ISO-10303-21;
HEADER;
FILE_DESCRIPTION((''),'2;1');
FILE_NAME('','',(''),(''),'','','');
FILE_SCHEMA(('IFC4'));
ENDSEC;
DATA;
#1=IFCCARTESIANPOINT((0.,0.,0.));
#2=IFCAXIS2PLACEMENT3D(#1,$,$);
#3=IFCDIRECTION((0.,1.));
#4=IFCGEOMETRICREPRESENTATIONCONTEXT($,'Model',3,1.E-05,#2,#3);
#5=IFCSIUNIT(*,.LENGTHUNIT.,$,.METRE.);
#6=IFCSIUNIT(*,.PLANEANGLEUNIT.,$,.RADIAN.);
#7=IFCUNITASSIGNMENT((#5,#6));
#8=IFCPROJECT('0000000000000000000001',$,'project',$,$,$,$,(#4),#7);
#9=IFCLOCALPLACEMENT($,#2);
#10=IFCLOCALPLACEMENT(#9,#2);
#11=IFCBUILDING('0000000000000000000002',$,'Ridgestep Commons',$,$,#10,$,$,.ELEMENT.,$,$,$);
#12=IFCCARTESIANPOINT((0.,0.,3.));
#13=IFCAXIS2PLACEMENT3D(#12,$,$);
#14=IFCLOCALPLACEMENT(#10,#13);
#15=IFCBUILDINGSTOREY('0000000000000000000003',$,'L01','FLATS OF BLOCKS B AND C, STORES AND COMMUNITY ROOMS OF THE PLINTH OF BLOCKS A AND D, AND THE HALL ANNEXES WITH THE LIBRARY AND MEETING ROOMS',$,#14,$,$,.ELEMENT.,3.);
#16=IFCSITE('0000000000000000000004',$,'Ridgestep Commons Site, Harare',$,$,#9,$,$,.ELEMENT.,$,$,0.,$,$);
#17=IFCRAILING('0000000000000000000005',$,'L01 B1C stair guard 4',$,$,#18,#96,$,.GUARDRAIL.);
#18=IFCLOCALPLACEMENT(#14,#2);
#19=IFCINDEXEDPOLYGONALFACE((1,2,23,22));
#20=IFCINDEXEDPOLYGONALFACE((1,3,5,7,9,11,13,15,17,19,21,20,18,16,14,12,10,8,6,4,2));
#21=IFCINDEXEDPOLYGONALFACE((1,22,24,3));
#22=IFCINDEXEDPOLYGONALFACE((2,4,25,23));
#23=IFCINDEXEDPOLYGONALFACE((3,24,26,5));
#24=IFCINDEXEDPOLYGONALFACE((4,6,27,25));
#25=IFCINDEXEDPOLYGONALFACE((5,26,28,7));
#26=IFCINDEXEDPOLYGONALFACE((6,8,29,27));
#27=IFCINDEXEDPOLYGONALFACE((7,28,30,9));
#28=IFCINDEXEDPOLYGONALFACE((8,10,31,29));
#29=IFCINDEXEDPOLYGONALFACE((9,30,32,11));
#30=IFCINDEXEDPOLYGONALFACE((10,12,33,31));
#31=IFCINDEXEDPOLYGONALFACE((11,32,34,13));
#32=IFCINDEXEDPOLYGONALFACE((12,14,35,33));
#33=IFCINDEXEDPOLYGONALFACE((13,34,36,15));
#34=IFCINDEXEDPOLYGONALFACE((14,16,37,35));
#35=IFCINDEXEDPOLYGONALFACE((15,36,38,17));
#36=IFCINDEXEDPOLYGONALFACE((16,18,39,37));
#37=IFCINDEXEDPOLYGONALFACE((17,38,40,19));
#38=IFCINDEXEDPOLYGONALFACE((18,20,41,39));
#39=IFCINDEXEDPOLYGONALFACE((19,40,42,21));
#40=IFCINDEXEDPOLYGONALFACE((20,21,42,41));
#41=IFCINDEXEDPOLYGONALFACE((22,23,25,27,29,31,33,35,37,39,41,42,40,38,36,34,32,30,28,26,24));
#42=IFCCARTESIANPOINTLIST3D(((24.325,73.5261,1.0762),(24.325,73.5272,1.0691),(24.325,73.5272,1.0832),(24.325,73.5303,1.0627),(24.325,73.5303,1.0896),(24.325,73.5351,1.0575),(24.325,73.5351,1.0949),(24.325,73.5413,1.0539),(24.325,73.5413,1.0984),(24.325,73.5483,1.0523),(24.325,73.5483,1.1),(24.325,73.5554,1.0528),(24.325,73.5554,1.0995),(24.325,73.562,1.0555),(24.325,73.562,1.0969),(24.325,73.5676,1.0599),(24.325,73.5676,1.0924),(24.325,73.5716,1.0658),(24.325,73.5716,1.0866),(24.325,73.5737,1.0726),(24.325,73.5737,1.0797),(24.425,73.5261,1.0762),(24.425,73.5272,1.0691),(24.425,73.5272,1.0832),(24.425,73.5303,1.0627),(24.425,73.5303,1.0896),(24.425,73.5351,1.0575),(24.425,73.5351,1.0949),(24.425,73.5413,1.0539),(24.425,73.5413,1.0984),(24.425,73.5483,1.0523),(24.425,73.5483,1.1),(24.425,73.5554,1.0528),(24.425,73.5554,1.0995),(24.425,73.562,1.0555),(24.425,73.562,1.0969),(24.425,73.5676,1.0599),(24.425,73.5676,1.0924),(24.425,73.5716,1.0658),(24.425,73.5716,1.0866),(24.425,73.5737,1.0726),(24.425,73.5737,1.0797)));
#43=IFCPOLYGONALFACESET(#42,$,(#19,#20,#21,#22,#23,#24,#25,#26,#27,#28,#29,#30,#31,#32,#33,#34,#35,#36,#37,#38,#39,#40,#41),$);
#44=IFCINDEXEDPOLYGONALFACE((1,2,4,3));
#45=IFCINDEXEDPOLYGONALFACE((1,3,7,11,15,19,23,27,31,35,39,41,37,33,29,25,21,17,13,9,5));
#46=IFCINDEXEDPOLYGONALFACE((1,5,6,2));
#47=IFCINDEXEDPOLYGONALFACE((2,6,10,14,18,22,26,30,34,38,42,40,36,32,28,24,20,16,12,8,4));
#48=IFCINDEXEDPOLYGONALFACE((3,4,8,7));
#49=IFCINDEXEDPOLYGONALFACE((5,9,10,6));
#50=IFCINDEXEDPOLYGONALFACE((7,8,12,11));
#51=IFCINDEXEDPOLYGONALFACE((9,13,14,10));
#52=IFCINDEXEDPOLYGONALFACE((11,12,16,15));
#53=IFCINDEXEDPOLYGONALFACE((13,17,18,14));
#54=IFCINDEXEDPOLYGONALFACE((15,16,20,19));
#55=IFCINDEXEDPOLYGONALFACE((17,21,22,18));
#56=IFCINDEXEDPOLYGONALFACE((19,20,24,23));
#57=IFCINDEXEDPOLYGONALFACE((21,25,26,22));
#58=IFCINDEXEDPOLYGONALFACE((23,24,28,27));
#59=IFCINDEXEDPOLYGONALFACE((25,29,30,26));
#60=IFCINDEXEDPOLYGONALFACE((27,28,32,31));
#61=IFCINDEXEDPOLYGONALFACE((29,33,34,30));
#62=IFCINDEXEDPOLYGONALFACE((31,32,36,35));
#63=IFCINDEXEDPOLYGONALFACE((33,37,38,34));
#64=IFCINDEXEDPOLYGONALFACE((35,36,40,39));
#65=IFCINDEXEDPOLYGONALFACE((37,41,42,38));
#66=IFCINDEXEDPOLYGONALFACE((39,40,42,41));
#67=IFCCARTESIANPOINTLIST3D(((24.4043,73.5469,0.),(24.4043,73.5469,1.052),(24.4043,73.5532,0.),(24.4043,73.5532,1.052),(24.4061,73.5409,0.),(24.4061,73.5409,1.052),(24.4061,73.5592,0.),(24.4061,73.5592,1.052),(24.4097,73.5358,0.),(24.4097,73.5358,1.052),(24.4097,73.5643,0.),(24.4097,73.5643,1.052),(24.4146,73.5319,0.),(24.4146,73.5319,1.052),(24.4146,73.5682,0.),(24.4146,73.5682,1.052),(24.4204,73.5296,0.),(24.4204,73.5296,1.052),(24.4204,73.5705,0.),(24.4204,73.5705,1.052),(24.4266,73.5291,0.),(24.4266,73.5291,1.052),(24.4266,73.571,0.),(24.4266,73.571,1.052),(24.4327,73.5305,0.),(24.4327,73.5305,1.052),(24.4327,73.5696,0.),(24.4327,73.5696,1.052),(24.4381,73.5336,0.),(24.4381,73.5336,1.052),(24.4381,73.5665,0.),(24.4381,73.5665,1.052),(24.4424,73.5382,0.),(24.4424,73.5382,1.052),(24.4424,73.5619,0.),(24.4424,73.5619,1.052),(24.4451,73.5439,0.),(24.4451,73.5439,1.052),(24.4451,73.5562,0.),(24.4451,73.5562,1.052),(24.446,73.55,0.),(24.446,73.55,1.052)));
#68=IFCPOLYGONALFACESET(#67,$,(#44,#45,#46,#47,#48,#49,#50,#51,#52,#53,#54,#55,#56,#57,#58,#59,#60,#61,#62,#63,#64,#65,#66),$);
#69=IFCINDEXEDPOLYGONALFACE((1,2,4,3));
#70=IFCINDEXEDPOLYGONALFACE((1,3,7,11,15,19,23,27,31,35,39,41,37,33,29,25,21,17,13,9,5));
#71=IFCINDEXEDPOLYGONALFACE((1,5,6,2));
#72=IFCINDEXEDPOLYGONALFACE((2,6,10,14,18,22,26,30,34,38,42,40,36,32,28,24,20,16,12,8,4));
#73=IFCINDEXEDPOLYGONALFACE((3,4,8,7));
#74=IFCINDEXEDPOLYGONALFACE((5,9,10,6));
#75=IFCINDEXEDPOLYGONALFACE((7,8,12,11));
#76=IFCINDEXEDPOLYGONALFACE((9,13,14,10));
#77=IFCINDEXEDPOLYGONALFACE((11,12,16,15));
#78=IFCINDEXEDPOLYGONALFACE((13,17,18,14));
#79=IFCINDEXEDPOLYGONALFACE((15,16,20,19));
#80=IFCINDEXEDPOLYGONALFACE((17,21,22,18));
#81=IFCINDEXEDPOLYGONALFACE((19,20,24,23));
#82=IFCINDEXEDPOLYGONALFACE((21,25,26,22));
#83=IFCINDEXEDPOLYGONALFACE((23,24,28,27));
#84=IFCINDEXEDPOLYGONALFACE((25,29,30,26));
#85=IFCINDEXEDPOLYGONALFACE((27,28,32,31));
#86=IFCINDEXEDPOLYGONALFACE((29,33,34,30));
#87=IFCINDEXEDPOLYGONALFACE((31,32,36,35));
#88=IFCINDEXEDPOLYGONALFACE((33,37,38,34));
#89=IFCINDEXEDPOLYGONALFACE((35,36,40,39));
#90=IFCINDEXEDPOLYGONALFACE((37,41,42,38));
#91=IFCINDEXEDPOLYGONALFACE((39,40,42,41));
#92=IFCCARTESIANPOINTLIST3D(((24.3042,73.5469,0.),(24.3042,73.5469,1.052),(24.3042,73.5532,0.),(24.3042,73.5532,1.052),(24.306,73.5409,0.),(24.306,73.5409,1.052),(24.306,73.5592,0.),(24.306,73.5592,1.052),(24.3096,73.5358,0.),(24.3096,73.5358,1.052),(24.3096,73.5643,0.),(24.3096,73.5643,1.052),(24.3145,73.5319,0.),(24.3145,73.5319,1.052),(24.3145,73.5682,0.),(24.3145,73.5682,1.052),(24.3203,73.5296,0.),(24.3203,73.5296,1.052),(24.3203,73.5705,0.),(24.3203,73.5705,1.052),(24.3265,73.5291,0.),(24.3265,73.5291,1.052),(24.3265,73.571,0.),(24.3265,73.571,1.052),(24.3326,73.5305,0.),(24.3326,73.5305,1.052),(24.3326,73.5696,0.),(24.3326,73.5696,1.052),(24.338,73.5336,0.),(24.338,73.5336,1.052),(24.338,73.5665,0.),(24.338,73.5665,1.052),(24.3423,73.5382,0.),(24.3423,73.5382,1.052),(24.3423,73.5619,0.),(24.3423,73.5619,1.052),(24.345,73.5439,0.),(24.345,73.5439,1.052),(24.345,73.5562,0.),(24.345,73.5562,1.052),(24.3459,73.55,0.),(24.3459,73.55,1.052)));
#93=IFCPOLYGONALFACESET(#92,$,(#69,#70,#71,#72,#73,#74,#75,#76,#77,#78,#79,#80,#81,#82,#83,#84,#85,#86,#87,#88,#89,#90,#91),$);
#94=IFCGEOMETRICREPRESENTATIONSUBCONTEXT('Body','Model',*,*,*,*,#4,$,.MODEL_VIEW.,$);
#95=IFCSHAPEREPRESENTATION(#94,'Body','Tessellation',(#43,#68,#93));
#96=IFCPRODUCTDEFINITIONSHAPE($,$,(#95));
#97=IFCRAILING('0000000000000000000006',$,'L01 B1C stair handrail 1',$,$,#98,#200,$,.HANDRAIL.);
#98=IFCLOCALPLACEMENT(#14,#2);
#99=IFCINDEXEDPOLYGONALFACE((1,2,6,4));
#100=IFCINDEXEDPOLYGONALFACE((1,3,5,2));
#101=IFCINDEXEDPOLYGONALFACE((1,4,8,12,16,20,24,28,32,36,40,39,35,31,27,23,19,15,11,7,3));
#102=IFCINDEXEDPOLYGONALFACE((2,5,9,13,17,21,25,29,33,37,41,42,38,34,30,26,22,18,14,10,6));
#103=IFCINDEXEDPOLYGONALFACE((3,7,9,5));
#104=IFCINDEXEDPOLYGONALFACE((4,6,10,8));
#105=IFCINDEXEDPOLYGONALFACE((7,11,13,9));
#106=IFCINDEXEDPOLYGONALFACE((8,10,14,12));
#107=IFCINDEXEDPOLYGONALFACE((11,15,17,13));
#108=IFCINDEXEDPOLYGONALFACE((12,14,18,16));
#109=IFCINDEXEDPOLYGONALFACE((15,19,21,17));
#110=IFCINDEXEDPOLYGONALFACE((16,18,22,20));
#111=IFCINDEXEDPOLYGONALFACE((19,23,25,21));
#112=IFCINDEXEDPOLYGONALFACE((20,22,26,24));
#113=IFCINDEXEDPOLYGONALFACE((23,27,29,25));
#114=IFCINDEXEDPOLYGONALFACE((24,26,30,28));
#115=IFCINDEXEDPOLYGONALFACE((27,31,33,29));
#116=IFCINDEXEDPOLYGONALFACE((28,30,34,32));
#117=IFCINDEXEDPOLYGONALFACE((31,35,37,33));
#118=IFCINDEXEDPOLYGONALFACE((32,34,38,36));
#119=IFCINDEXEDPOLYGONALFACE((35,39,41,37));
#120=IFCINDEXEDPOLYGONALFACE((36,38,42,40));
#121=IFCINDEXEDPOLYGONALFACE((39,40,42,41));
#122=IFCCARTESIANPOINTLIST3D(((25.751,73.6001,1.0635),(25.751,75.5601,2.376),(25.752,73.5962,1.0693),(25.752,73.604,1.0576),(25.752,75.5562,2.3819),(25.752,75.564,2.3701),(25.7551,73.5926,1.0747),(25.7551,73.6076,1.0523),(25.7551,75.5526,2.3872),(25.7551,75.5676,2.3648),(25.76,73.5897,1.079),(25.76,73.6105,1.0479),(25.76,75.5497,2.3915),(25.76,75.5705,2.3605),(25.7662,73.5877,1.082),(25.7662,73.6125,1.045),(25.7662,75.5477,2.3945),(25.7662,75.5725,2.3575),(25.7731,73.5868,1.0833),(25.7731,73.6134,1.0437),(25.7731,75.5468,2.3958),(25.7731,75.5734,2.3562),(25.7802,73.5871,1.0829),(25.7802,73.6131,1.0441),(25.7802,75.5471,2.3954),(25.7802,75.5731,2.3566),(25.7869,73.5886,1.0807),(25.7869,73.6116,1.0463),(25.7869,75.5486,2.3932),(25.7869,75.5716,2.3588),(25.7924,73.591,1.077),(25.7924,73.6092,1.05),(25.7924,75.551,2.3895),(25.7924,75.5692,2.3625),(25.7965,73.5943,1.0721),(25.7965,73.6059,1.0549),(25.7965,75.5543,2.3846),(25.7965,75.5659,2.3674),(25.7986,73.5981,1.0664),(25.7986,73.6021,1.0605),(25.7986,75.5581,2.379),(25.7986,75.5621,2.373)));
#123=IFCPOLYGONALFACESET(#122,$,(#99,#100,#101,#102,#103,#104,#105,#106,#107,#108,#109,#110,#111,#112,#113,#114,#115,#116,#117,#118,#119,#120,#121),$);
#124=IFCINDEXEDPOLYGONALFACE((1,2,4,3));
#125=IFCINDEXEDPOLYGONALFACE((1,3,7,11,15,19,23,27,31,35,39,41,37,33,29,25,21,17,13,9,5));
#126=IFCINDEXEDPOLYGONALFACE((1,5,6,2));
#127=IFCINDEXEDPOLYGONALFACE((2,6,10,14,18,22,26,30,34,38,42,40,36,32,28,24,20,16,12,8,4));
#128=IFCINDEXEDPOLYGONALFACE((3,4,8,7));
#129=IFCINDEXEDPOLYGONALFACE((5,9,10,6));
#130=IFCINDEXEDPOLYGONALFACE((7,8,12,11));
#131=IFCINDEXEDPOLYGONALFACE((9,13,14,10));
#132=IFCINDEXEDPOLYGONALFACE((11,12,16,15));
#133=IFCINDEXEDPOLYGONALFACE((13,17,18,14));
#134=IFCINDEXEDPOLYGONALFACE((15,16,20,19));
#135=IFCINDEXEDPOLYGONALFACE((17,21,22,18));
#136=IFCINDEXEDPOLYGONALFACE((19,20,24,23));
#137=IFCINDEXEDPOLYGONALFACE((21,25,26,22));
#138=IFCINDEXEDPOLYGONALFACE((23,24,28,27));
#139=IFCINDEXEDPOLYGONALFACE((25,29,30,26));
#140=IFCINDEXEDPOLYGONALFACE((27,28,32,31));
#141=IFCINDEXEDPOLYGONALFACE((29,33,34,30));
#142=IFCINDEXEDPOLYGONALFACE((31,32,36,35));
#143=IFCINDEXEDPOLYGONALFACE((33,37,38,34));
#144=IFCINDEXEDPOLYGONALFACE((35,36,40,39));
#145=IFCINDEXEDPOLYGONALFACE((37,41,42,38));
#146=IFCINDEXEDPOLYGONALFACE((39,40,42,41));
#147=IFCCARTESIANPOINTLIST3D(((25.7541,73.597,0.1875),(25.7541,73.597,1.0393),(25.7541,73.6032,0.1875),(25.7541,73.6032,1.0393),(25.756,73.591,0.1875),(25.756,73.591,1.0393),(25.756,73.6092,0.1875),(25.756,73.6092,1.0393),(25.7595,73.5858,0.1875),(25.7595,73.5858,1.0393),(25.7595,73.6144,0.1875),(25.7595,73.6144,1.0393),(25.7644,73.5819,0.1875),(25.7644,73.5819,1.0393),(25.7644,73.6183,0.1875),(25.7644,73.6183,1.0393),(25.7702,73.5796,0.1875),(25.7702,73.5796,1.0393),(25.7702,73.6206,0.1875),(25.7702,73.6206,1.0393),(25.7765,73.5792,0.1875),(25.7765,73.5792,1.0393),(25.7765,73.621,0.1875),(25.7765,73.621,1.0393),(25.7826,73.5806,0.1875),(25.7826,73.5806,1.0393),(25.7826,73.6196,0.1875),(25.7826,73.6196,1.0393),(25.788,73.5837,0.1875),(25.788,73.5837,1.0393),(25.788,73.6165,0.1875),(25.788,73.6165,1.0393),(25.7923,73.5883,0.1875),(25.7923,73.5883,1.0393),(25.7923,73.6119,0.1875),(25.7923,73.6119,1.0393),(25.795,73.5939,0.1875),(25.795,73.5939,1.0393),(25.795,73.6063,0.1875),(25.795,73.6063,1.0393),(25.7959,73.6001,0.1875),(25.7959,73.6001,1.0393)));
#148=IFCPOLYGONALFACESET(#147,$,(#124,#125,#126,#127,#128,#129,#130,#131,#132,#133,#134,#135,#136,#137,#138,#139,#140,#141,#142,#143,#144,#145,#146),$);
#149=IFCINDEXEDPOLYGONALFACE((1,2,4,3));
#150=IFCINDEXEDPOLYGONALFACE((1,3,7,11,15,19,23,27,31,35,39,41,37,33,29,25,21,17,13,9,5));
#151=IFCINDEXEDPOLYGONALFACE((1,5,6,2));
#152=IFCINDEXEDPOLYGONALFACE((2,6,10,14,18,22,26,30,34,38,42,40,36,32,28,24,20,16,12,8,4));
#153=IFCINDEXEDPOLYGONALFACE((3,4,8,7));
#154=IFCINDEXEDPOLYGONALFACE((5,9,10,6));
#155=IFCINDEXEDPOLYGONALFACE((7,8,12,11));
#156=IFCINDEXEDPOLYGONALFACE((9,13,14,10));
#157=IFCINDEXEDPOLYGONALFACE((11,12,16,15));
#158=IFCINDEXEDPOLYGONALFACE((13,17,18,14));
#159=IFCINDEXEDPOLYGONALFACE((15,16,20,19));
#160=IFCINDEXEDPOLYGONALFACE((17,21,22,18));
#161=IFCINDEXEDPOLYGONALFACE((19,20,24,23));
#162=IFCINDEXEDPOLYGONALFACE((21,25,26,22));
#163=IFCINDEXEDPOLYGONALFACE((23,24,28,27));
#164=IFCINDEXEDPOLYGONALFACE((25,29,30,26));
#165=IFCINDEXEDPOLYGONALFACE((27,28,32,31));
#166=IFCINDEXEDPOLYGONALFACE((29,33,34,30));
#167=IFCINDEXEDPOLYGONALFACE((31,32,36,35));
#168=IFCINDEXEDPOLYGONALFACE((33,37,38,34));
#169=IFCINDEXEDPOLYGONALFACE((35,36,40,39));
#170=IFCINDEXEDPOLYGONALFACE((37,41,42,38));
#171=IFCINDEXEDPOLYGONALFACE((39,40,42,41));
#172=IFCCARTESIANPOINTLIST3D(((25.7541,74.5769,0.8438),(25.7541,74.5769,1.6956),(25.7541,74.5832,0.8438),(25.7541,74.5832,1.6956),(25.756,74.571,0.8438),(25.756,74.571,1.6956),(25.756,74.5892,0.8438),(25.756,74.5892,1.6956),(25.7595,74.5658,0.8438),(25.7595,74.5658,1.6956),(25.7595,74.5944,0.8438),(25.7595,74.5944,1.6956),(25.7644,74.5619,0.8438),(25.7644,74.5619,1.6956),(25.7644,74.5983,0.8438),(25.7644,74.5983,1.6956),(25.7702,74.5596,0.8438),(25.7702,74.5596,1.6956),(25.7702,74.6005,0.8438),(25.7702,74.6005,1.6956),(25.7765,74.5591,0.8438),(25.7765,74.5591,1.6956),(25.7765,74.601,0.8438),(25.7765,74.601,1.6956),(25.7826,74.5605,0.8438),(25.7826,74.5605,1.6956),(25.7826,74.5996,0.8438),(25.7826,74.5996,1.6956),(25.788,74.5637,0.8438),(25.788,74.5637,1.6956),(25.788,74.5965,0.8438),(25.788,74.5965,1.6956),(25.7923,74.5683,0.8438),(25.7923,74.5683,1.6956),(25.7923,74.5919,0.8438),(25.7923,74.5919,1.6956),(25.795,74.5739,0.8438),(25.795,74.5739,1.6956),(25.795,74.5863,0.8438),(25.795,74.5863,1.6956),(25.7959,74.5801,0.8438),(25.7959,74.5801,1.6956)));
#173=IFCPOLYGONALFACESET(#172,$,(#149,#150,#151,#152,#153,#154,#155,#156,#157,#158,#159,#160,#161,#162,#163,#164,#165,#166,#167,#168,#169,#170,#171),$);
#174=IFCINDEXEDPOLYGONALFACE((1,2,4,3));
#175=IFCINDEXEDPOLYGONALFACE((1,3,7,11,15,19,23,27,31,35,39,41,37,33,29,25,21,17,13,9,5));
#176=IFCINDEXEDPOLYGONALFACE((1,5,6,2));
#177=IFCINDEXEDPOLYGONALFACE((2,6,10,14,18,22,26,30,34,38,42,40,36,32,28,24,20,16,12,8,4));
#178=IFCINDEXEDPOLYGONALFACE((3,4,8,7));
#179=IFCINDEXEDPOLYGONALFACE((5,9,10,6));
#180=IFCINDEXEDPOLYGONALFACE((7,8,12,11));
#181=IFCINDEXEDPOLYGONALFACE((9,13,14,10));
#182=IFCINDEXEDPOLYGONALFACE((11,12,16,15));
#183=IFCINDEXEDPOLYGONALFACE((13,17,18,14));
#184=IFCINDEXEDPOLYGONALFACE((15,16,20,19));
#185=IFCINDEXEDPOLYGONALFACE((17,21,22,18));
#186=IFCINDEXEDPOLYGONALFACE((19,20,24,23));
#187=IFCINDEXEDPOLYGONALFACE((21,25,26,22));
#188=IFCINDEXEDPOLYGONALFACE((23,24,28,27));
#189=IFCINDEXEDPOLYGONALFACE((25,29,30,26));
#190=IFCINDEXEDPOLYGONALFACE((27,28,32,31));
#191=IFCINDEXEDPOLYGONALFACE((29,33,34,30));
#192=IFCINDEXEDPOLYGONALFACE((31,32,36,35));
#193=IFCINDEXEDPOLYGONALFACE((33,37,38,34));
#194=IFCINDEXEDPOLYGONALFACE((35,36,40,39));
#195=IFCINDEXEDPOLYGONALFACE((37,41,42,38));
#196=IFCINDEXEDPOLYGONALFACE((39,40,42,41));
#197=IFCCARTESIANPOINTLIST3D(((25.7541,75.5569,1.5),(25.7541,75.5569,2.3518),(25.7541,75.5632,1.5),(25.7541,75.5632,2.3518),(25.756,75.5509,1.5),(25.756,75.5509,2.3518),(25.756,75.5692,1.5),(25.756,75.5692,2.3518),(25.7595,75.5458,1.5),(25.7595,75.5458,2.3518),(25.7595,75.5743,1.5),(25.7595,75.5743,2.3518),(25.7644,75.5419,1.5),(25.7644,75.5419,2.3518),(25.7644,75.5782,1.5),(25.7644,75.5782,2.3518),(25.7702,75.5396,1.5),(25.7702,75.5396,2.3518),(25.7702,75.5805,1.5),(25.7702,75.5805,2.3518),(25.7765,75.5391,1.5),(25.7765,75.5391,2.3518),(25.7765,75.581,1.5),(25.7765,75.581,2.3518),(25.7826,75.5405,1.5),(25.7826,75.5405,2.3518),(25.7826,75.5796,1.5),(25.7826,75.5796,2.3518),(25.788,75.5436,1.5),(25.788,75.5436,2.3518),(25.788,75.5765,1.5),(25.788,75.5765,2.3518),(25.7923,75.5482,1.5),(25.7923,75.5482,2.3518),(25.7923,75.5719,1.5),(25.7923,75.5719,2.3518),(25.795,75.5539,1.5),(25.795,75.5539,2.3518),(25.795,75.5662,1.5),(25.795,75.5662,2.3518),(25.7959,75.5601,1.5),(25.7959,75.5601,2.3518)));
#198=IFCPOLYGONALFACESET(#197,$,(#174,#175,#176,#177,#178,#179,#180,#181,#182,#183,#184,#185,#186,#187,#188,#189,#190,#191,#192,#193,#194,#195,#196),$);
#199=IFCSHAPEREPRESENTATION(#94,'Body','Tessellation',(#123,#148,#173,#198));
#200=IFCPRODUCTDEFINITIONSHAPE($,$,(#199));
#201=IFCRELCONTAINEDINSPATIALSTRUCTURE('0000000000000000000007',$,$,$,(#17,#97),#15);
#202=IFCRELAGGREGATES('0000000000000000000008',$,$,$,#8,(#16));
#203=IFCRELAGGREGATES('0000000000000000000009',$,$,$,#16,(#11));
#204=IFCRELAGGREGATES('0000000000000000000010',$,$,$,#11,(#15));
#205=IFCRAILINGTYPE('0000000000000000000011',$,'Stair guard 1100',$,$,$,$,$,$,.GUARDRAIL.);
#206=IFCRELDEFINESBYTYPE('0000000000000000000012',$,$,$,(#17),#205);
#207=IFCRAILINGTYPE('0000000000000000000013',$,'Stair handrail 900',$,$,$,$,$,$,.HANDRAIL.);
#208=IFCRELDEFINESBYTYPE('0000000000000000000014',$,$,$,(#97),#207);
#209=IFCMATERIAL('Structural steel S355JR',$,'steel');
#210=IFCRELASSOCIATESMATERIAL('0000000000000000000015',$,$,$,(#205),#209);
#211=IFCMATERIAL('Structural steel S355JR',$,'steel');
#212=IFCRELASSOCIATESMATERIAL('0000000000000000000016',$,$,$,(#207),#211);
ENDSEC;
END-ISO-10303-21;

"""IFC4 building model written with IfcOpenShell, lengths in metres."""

from ifc_helpers import new_model, si_unit, direction, frame, origin, origin_2d, place, context, subcontext, project, spatial, circle, extrude, material, type_object, element, save


model = new_model("IFC4")

# Units and contexts
model_context = context("Model", 3, precision=1e-05, world=origin(), true_north=direction((0.0, 1.0)))
body_context = subcontext(model_context, "Body", "Model", "MODEL_VIEW")
ifc_project = project(units=[si_unit("LENGTHUNIT", "METRE"), si_unit("PLANEANGLEUNIT", "RADIAN")], contexts=[model_context])

# Site, building, storey
site_placement = place(None, origin())
site = spatial("IfcSite", under=ifc_project, at=site_placement, Name="Ridgestep Commons Site, Harare", CompositionType="ELEMENT", RefElevation=0.0)
building_placement = place(site_placement, origin())
building = spatial("IfcBuilding", under=site, at=building_placement, Name="Ridgestep Commons", CompositionType="ELEMENT")
storey_placement = place(building_placement, frame((0.0, 0.0, 3.0)))
storey = spatial("IfcBuildingStorey", under=building, at=storey_placement, Name="L01", Description="FLATS OF BLOCKS B AND C, STORES AND COMMUNITY ROOMS OF THE PLINTH OF BLOCKS A AND D, AND THE HALL ANNEXES WITH THE LIBRARY AND MEETING ROOMS", CompositionType="ELEMENT", Elevation=3.0)

# Railings
ifc_material_1 = material(Name="Structural steel S355JR", Category="steel")
railing_type_1 = type_object("IfcRailingType", Name="Stair guard 1100", PredefinedType="GUARDRAIL", material=ifc_material_1)
for number, where, name in (
    (1, (24.425, 73.55, 0.0), "L01 B1C stair guard 4"),
):
    element("IfcRailing", number, at=place(storey_placement, frame(where)), inside=storey, type_object=railing_type_1, Name=name, PredefinedType="GUARDRAIL", context=body_context, shape_type="SweptSolid", body=[
        extrude(circle(Radius=0.0239, at=origin_2d()), frame((0.0, 0.0, 1.0762), z_axis=(-1.0, 0.0, 0.0), x_axis=(0.0, -1.0, 0.0)), (0.0, 0.0, 1.0), 0.1001),
        extrude(circle(Radius=0.021, at=origin_2d()), origin(), (0.0, 0.0, 1.0), 1.052),
        extrude(circle(Radius=0.021, at=origin_2d()), frame((-0.1001, 0.0, 0.0)), (0.0, 0.0, 1.0), 1.052),
    ])
ifc_material_2 = material(Name="Structural steel S355JR", Category="steel")
railing_type_2 = type_object("IfcRailingType", Name="Stair handrail 900", PredefinedType="HANDRAIL", material=ifc_material_2)
railing_1_placement = place(storey_placement, frame((25.7749, 73.6001, 0.1875)))
element("IfcRailing", 2, at=railing_1_placement, inside=storey, type_object=railing_type_2, Name="L01 B1C stair handrail 1", PredefinedType="HANDRAIL", context=body_context, shape_type="SweptSolid", body=[
    extrude(circle(Radius=0.0239, at=origin_2d()), frame((0.0, 0.0, 0.876), z_axis=(0.0, 0.830902, 0.556419), x_axis=(-1.0, 0.0, 0.0)), (0.0, 0.0, 1.0), 2.3589),
    extrude(circle(Radius=0.021, at=origin_2d()), origin(), (0.0, 0.0, 1.0), 0.8518),
    extrude(circle(Radius=0.021, at=origin_2d()), frame((0.0, 0.98, 0.6562)), (0.0, 0.0, 1.0), 0.8518),
    extrude(circle(Radius=0.021, at=origin_2d()), frame((0.0, 1.96, 1.3125)), (0.0, 0.0, 1.0), 0.8518),
])

save(model, "model.ifc")
